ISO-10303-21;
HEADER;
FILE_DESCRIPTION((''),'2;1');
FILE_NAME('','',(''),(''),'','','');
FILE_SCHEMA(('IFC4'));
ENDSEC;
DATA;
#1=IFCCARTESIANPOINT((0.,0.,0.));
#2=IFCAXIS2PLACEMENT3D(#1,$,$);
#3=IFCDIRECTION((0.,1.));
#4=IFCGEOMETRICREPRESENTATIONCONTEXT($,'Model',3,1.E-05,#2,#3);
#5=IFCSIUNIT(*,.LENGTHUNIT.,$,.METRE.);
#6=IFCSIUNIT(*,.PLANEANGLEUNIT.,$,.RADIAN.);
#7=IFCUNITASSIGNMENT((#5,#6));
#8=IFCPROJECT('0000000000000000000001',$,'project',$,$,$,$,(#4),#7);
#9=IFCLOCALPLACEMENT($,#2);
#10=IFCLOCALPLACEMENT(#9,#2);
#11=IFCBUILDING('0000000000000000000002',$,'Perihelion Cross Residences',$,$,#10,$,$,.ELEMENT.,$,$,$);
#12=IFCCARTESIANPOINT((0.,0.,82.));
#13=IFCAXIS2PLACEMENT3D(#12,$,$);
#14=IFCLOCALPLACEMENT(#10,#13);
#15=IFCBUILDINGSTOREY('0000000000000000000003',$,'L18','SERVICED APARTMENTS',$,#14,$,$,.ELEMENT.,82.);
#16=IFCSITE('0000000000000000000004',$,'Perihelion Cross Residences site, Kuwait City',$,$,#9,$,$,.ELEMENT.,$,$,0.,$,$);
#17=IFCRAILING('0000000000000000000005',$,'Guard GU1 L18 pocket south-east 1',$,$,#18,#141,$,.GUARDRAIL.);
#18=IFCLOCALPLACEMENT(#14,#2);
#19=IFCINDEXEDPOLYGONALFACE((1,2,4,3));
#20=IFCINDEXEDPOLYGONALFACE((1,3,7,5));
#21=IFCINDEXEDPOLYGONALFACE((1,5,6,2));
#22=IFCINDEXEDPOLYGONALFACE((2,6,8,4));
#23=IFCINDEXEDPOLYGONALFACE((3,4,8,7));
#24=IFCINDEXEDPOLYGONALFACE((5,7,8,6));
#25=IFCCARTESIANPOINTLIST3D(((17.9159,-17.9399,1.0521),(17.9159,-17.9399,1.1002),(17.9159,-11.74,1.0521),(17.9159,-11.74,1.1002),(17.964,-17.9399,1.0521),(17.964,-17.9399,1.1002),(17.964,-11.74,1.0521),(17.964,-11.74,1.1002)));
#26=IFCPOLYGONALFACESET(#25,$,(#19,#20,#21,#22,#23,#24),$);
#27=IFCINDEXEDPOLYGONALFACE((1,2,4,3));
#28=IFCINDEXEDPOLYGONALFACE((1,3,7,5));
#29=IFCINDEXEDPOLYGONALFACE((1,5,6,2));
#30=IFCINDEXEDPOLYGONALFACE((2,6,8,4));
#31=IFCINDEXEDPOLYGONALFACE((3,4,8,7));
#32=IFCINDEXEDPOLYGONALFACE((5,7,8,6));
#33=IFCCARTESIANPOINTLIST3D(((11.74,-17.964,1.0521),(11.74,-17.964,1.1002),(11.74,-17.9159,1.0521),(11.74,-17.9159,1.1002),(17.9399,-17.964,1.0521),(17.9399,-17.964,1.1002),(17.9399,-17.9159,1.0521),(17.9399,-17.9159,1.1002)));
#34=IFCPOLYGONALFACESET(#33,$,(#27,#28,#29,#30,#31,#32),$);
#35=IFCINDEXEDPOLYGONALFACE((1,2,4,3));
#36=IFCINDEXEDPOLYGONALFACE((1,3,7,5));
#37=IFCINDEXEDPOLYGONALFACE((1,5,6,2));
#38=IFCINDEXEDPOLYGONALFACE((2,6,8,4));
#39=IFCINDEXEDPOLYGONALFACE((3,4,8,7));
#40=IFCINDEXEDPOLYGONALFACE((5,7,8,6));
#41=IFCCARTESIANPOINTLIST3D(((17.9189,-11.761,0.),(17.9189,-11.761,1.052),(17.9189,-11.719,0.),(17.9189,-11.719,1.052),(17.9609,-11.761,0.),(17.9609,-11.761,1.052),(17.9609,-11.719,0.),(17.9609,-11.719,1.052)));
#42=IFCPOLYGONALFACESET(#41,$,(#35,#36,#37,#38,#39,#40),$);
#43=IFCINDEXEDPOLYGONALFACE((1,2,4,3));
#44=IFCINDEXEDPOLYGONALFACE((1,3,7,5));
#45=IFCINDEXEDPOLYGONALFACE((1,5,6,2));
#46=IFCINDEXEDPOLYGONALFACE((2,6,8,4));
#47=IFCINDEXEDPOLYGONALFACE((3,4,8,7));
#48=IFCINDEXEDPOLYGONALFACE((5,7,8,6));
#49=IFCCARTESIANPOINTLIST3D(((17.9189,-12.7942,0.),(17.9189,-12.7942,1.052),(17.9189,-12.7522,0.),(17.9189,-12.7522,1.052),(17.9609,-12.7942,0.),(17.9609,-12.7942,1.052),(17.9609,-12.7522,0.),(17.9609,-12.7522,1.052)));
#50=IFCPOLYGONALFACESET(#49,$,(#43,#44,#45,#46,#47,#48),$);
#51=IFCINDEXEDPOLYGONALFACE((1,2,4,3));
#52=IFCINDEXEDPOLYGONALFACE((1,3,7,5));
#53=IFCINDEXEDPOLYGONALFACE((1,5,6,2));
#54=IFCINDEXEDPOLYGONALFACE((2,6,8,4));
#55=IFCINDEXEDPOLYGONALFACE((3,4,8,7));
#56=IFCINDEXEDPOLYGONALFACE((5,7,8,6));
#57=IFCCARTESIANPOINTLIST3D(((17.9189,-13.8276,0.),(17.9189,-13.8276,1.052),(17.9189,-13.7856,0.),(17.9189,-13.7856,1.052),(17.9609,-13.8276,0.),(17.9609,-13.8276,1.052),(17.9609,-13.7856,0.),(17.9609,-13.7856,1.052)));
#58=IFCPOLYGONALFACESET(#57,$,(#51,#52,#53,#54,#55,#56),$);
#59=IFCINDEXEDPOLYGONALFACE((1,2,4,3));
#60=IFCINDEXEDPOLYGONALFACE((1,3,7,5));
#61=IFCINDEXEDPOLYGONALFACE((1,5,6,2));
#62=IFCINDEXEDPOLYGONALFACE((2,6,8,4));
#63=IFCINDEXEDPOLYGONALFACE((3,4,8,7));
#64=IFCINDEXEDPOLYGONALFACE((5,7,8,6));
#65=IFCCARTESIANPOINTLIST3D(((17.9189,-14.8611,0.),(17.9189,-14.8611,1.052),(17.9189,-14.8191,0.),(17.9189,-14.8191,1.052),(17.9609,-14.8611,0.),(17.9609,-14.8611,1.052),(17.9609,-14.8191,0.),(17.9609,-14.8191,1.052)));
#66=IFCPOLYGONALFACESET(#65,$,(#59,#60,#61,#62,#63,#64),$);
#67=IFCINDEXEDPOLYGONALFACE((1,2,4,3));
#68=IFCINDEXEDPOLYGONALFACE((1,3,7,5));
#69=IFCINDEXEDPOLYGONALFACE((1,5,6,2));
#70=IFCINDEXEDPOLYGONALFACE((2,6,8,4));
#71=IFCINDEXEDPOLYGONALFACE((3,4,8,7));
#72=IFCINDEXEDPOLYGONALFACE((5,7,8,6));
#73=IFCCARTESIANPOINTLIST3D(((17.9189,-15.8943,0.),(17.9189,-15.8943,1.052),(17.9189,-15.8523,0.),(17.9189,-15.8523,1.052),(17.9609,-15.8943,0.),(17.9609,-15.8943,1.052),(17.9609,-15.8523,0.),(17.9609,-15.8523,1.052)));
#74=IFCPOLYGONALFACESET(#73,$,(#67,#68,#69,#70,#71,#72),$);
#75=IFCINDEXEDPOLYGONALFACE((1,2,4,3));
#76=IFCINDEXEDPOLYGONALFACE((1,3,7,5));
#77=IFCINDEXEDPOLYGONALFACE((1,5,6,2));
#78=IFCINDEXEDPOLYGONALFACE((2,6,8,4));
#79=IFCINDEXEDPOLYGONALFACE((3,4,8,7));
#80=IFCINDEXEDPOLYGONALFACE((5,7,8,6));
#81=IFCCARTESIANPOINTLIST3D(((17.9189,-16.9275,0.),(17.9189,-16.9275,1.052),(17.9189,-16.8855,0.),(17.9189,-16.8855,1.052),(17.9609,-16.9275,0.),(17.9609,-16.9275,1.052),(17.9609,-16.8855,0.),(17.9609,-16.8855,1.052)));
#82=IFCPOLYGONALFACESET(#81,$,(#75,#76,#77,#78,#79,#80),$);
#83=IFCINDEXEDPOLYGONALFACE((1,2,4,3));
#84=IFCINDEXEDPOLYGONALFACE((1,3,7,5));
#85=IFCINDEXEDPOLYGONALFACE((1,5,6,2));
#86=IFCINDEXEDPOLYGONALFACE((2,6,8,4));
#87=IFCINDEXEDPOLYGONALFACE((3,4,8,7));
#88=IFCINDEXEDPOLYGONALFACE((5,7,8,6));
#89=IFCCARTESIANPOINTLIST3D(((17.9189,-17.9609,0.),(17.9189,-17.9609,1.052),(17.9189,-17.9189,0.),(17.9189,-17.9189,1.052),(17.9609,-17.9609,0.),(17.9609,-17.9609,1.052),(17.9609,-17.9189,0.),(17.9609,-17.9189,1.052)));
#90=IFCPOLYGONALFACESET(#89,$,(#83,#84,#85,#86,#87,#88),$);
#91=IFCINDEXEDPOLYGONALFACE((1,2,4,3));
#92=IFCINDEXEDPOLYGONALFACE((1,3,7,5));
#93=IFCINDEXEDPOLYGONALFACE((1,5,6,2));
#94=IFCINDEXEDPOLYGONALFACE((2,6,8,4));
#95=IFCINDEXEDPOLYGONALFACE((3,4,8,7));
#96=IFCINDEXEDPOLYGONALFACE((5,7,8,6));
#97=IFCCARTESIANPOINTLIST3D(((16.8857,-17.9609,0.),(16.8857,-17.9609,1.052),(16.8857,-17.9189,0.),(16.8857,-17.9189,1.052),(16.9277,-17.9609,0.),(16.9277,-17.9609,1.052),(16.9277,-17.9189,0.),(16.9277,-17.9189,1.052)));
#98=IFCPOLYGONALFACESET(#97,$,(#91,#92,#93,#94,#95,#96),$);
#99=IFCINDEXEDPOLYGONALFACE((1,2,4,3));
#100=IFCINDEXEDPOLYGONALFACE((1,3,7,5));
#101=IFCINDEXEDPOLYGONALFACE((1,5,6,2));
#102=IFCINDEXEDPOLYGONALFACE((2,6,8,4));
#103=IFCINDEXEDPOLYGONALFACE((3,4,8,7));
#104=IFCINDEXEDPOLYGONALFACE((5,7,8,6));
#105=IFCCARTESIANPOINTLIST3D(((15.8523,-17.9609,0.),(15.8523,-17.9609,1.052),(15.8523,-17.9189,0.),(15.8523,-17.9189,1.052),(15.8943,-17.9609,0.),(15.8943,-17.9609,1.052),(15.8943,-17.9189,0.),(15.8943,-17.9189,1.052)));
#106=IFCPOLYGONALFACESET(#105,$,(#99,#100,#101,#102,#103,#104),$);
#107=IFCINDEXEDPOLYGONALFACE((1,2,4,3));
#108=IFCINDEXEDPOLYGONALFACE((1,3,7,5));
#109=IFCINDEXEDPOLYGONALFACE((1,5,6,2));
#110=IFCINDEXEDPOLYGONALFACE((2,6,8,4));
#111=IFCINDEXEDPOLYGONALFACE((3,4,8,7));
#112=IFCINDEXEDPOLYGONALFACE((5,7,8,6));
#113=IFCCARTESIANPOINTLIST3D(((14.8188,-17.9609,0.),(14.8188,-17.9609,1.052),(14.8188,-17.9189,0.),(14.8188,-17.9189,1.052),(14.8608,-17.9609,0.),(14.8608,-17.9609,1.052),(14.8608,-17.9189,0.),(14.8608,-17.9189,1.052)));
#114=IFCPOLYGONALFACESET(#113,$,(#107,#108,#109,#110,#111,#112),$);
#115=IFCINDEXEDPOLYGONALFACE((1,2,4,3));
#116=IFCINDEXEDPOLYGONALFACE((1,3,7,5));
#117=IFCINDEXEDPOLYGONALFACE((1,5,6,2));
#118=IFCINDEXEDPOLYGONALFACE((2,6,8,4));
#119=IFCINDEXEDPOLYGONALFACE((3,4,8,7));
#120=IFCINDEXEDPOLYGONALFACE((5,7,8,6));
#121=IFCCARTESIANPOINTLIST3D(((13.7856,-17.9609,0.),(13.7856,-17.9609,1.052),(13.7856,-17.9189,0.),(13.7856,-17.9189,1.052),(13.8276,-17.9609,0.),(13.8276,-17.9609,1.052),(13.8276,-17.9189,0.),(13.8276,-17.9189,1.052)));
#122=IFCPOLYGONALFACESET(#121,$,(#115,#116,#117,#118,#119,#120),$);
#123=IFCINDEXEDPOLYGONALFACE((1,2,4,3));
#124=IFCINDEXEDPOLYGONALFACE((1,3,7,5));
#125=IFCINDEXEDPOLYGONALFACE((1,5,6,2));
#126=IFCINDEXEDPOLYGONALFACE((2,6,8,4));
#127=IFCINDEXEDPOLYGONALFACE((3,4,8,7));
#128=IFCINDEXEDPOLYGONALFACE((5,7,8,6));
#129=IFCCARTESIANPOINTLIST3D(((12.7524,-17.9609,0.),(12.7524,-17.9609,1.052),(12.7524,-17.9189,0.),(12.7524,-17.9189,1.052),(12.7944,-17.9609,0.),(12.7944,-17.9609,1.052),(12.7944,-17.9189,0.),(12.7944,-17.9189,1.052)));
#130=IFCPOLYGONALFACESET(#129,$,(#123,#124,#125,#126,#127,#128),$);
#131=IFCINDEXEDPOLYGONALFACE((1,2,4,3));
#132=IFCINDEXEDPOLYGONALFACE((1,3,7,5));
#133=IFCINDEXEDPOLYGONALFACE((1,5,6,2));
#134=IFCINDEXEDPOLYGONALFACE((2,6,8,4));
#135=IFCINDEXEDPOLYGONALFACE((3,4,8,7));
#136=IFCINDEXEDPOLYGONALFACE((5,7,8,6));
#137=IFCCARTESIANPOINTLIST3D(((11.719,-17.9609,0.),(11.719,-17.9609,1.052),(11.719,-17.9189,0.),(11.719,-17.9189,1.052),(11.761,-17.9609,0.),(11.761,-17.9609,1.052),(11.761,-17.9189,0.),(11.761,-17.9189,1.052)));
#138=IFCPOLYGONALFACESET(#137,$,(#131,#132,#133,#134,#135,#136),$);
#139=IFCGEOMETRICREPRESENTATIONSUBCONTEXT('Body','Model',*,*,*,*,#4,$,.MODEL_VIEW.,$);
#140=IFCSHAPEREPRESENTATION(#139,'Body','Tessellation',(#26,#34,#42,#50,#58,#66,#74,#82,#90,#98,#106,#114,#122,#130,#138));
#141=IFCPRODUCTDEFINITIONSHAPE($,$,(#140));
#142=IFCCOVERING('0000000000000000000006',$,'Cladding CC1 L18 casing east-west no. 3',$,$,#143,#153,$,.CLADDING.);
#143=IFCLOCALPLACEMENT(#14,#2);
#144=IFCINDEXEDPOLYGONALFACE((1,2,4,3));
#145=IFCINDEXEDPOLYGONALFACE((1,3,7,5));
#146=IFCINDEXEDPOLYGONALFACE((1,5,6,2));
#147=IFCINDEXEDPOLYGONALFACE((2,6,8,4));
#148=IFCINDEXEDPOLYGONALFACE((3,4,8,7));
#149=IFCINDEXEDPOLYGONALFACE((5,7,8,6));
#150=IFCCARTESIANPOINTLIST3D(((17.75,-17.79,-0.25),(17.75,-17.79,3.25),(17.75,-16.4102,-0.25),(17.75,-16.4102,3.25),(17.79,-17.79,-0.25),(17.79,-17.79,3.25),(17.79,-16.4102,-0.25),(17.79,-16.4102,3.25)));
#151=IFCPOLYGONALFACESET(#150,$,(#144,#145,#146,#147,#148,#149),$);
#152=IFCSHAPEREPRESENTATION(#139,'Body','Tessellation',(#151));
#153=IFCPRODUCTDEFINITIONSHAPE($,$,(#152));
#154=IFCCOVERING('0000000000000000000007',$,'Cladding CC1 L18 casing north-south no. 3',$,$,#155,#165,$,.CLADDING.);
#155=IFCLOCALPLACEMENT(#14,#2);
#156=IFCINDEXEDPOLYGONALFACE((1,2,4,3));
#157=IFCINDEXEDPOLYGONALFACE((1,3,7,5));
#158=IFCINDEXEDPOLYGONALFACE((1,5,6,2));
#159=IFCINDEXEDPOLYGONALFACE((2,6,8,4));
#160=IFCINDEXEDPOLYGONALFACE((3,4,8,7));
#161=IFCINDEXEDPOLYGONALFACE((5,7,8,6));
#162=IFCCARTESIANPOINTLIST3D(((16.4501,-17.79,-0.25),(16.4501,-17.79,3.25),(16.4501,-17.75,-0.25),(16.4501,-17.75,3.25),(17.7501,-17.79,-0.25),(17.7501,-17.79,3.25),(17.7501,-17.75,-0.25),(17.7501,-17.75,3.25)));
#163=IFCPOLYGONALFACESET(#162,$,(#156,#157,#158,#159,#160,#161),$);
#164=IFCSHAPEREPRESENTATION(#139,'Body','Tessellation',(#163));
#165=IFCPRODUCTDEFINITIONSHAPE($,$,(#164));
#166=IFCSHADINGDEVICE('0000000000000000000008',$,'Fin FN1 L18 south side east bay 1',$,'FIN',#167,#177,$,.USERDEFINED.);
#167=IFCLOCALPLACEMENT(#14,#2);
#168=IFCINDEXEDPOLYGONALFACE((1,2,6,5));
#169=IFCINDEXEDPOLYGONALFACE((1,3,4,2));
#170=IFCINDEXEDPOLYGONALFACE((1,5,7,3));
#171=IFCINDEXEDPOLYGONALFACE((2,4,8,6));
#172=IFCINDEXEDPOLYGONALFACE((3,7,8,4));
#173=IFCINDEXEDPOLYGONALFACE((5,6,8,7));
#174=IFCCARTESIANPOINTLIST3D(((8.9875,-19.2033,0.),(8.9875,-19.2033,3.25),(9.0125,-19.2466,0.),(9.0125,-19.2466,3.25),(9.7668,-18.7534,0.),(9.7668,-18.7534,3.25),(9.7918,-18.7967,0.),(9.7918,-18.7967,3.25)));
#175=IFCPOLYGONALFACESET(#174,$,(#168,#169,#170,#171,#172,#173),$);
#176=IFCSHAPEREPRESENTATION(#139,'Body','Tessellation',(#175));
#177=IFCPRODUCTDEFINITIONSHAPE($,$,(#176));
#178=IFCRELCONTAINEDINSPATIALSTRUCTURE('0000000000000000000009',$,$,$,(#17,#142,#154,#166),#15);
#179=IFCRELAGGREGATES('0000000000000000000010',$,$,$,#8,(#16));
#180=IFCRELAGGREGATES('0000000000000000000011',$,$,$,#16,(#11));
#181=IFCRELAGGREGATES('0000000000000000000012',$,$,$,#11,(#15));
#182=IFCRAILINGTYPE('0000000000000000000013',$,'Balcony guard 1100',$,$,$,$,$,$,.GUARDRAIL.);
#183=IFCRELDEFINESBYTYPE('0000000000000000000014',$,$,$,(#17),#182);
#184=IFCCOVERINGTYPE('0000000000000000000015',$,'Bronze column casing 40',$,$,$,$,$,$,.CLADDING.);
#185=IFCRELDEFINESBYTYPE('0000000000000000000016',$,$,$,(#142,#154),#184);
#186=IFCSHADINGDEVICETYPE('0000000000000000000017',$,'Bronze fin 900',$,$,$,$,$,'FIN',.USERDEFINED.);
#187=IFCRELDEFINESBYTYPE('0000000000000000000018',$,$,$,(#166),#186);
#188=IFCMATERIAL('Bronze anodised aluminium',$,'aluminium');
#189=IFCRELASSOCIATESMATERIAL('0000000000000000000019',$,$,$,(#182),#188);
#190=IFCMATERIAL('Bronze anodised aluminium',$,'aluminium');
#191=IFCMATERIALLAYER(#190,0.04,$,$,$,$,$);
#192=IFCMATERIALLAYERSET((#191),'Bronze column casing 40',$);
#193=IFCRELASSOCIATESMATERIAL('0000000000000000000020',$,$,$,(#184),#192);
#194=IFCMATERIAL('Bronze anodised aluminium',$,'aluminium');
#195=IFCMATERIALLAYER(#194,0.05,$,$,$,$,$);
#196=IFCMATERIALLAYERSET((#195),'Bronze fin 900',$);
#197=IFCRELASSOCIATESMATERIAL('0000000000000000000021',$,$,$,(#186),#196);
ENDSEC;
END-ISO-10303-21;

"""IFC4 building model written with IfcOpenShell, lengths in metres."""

from ifc_helpers import new_model, si_unit, direction, frame, origin, origin_2d, place, context, subcontext, project, spatial, rectangle, extrude, material, layer, layer_set, type_object, element, save


model = new_model("IFC4")

# Units and contexts
model_context = context("Model", 3, precision=1e-05, world=origin(), true_north=direction((0.0, 1.0)))
body_context = subcontext(model_context, "Body", "Model", "MODEL_VIEW")
ifc_project = project(units=[si_unit("LENGTHUNIT", "METRE"), si_unit("PLANEANGLEUNIT", "RADIAN")], contexts=[model_context])

# Site, building, storey
site_placement = place(None, origin())
site = spatial("IfcSite", under=ifc_project, at=site_placement, Name="Perihelion Cross Residences site, Kuwait City", CompositionType="ELEMENT", RefElevation=0.0)
building_placement = place(site_placement, origin())
building = spatial("IfcBuilding", under=site, at=building_placement, Name="Perihelion Cross Residences", CompositionType="ELEMENT")
storey_placement = place(building_placement, frame((0.0, 0.0, 82.0)))
storey = spatial("IfcBuildingStorey", under=building, at=storey_placement, Name="L18", Description="SERVICED APARTMENTS", CompositionType="ELEMENT", Elevation=82.0)

# Railing
ifc_material_1 = material(Name="Bronze anodised aluminium", Category="aluminium")
railing_type = type_object("IfcRailingType", Name="Balcony guard 1100", PredefinedType="GUARDRAIL", material=ifc_material_1)
railing_1_placement = place(storey_placement, frame((17.9399, -11.74, 0.0)))
element("IfcRailing", 1, at=railing_1_placement, inside=storey, type_object=railing_type, Name="Guard GU1 L18 pocket south-east 1", PredefinedType="GUARDRAIL", context=body_context, shape_type="SweptSolid", body=[
    extrude(rectangle(XDim=0.0481, YDim=0.0481, at=origin_2d()), frame((0.0, 0.0, 1.0762), z_axis=(0.0, -1.0, 0.0), x_axis=(1.0, 0.0, 0.0)), (0.0, 0.0, 1.0), 6.2),
    extrude(rectangle(XDim=0.0481, YDim=0.0481, at=origin_2d()), frame((0.0, -6.2, 1.0762), z_axis=(-1.0, 0.0, 0.0), x_axis=(0.0, -1.0, 0.0)), (0.0, 0.0, 1.0), 6.2),
    extrude(rectangle(XDim=0.042, YDim=0.042, at=origin_2d()), origin(), (0.0, 0.0, 1.0), 1.052),
    extrude(rectangle(XDim=0.042, YDim=0.042, at=origin_2d()), frame((0.0, -1.0332, 0.0)), (0.0, 0.0, 1.0), 1.052),
    extrude(rectangle(XDim=0.042, YDim=0.042, at=origin_2d()), frame((0.0, -2.0667, 0.0)), (0.0, 0.0, 1.0), 1.052),
    extrude(rectangle(XDim=0.042, YDim=0.042, at=origin_2d()), frame((0.0, -3.1001, 0.0)), (0.0, 0.0, 1.0), 1.052),
    extrude(rectangle(XDim=0.042, YDim=0.042, at=origin_2d()), frame((0.0, -4.1333, 0.0)), (0.0, 0.0, 1.0), 1.052),
    extrude(rectangle(XDim=0.042, YDim=0.042, at=origin_2d()), frame((0.0, -5.1665, 0.0)), (0.0, 0.0, 1.0), 1.052),
    extrude(rectangle(XDim=0.042, YDim=0.042, at=origin_2d()), frame((0.0, -6.2, 0.0)), (0.0, 0.0, 1.0), 1.052),
    extrude(rectangle(XDim=0.042, YDim=0.042, at=origin_2d()), frame((-1.0332, -6.2, 0.0)), (0.0, 0.0, 1.0), 1.052),
    extrude(rectangle(XDim=0.042, YDim=0.042, at=origin_2d()), frame((-2.0667, -6.2, 0.0)), (0.0, 0.0, 1.0), 1.052),
    extrude(rectangle(XDim=0.042, YDim=0.042, at=origin_2d()), frame((-3.1001, -6.2, 0.0)), (0.0, 0.0, 1.0), 1.052),
    extrude(rectangle(XDim=0.042, YDim=0.042, at=origin_2d()), frame((-4.1333, -6.2, 0.0)), (0.0, 0.0, 1.0), 1.052),
    extrude(rectangle(XDim=0.042, YDim=0.042, at=origin_2d()), frame((-5.1665, -6.2, 0.0)), (0.0, 0.0, 1.0), 1.052),
    extrude(rectangle(XDim=0.042, YDim=0.042, at=origin_2d()), frame((-6.2, -6.2, 0.0)), (0.0, 0.0, 1.0), 1.052),
])

# Coverings
ifc_material_2 = material(Name="Bronze anodised aluminium", Category="aluminium")
ifc_layer_1 = layer(ifc_material_2, 0.04)
ifc_layer_set_1 = layer_set([ifc_layer_1], Name="Bronze column casing 40")
covering_type = type_object("IfcCoveringType", Name="Bronze column casing 40", PredefinedType="CLADDING", material=ifc_layer_set_1)
covering_1_placement = place(storey_placement, frame((17.77, -17.1001, -0.25), z_axis=(0.0, 0.0, 1.0), x_axis=(1.0, 0.0, 0.0)))
element("IfcCovering", 2, at=covering_1_placement, inside=storey, type_object=covering_type, Name="Cladding CC1 L18 casing east-west no. 3", PredefinedType="CLADDING", context=body_context, shape_type="SweptSolid", body=[
    extrude(rectangle(XDim=0.04, YDim=1.3799, at=origin_2d()), origin(), (0.0, 0.0, 1.0), 3.5),
])
covering_2_placement = place(storey_placement, frame((17.1001, -17.77, -0.25), z_axis=(0.0, 0.0, 1.0), x_axis=(1.0, 0.0, 0.0)))
element("IfcCovering", 3, at=covering_2_placement, inside=storey, type_object=covering_type, Name="Cladding CC1 L18 casing north-south no. 3", PredefinedType="CLADDING", context=body_context, shape_type="SweptSolid", body=[
    extrude(rectangle(XDim=1.3, YDim=0.04, at=origin_2d()), origin(), (0.0, 0.0, 1.0), 3.5),
])

# Shading device
ifc_material_3 = material(Name="Bronze anodised aluminium", Category="aluminium")
ifc_layer_2 = layer(ifc_material_3, 0.05)
ifc_layer_set_2 = layer_set([ifc_layer_2], Name="Bronze fin 900")
shading_device_type = type_object("IfcShadingDeviceType", Name="Bronze fin 900", ElementType="FIN", PredefinedType="USERDEFINED", material=ifc_layer_set_2)
shading_device_placement = place(storey_placement, frame((9.3896, -19.0, 0.0), z_axis=(0.0, 0.0, 1.0), x_axis=(0.866025, 0.5, 0.0)))
element("IfcShadingDevice", 4, at=shading_device_placement, inside=storey, type_object=shading_device_type, Name="Fin FN1 L18 south side east bay 1", ObjectType="FIN", PredefinedType="USERDEFINED", context=body_context, shape_type="SweptSolid", body=[
    extrude(rectangle(XDim=0.8999, YDim=0.05, at=origin_2d()), origin(), (0.0, 0.0, 1.0), 3.25),
])

save(model, "model.ifc")
